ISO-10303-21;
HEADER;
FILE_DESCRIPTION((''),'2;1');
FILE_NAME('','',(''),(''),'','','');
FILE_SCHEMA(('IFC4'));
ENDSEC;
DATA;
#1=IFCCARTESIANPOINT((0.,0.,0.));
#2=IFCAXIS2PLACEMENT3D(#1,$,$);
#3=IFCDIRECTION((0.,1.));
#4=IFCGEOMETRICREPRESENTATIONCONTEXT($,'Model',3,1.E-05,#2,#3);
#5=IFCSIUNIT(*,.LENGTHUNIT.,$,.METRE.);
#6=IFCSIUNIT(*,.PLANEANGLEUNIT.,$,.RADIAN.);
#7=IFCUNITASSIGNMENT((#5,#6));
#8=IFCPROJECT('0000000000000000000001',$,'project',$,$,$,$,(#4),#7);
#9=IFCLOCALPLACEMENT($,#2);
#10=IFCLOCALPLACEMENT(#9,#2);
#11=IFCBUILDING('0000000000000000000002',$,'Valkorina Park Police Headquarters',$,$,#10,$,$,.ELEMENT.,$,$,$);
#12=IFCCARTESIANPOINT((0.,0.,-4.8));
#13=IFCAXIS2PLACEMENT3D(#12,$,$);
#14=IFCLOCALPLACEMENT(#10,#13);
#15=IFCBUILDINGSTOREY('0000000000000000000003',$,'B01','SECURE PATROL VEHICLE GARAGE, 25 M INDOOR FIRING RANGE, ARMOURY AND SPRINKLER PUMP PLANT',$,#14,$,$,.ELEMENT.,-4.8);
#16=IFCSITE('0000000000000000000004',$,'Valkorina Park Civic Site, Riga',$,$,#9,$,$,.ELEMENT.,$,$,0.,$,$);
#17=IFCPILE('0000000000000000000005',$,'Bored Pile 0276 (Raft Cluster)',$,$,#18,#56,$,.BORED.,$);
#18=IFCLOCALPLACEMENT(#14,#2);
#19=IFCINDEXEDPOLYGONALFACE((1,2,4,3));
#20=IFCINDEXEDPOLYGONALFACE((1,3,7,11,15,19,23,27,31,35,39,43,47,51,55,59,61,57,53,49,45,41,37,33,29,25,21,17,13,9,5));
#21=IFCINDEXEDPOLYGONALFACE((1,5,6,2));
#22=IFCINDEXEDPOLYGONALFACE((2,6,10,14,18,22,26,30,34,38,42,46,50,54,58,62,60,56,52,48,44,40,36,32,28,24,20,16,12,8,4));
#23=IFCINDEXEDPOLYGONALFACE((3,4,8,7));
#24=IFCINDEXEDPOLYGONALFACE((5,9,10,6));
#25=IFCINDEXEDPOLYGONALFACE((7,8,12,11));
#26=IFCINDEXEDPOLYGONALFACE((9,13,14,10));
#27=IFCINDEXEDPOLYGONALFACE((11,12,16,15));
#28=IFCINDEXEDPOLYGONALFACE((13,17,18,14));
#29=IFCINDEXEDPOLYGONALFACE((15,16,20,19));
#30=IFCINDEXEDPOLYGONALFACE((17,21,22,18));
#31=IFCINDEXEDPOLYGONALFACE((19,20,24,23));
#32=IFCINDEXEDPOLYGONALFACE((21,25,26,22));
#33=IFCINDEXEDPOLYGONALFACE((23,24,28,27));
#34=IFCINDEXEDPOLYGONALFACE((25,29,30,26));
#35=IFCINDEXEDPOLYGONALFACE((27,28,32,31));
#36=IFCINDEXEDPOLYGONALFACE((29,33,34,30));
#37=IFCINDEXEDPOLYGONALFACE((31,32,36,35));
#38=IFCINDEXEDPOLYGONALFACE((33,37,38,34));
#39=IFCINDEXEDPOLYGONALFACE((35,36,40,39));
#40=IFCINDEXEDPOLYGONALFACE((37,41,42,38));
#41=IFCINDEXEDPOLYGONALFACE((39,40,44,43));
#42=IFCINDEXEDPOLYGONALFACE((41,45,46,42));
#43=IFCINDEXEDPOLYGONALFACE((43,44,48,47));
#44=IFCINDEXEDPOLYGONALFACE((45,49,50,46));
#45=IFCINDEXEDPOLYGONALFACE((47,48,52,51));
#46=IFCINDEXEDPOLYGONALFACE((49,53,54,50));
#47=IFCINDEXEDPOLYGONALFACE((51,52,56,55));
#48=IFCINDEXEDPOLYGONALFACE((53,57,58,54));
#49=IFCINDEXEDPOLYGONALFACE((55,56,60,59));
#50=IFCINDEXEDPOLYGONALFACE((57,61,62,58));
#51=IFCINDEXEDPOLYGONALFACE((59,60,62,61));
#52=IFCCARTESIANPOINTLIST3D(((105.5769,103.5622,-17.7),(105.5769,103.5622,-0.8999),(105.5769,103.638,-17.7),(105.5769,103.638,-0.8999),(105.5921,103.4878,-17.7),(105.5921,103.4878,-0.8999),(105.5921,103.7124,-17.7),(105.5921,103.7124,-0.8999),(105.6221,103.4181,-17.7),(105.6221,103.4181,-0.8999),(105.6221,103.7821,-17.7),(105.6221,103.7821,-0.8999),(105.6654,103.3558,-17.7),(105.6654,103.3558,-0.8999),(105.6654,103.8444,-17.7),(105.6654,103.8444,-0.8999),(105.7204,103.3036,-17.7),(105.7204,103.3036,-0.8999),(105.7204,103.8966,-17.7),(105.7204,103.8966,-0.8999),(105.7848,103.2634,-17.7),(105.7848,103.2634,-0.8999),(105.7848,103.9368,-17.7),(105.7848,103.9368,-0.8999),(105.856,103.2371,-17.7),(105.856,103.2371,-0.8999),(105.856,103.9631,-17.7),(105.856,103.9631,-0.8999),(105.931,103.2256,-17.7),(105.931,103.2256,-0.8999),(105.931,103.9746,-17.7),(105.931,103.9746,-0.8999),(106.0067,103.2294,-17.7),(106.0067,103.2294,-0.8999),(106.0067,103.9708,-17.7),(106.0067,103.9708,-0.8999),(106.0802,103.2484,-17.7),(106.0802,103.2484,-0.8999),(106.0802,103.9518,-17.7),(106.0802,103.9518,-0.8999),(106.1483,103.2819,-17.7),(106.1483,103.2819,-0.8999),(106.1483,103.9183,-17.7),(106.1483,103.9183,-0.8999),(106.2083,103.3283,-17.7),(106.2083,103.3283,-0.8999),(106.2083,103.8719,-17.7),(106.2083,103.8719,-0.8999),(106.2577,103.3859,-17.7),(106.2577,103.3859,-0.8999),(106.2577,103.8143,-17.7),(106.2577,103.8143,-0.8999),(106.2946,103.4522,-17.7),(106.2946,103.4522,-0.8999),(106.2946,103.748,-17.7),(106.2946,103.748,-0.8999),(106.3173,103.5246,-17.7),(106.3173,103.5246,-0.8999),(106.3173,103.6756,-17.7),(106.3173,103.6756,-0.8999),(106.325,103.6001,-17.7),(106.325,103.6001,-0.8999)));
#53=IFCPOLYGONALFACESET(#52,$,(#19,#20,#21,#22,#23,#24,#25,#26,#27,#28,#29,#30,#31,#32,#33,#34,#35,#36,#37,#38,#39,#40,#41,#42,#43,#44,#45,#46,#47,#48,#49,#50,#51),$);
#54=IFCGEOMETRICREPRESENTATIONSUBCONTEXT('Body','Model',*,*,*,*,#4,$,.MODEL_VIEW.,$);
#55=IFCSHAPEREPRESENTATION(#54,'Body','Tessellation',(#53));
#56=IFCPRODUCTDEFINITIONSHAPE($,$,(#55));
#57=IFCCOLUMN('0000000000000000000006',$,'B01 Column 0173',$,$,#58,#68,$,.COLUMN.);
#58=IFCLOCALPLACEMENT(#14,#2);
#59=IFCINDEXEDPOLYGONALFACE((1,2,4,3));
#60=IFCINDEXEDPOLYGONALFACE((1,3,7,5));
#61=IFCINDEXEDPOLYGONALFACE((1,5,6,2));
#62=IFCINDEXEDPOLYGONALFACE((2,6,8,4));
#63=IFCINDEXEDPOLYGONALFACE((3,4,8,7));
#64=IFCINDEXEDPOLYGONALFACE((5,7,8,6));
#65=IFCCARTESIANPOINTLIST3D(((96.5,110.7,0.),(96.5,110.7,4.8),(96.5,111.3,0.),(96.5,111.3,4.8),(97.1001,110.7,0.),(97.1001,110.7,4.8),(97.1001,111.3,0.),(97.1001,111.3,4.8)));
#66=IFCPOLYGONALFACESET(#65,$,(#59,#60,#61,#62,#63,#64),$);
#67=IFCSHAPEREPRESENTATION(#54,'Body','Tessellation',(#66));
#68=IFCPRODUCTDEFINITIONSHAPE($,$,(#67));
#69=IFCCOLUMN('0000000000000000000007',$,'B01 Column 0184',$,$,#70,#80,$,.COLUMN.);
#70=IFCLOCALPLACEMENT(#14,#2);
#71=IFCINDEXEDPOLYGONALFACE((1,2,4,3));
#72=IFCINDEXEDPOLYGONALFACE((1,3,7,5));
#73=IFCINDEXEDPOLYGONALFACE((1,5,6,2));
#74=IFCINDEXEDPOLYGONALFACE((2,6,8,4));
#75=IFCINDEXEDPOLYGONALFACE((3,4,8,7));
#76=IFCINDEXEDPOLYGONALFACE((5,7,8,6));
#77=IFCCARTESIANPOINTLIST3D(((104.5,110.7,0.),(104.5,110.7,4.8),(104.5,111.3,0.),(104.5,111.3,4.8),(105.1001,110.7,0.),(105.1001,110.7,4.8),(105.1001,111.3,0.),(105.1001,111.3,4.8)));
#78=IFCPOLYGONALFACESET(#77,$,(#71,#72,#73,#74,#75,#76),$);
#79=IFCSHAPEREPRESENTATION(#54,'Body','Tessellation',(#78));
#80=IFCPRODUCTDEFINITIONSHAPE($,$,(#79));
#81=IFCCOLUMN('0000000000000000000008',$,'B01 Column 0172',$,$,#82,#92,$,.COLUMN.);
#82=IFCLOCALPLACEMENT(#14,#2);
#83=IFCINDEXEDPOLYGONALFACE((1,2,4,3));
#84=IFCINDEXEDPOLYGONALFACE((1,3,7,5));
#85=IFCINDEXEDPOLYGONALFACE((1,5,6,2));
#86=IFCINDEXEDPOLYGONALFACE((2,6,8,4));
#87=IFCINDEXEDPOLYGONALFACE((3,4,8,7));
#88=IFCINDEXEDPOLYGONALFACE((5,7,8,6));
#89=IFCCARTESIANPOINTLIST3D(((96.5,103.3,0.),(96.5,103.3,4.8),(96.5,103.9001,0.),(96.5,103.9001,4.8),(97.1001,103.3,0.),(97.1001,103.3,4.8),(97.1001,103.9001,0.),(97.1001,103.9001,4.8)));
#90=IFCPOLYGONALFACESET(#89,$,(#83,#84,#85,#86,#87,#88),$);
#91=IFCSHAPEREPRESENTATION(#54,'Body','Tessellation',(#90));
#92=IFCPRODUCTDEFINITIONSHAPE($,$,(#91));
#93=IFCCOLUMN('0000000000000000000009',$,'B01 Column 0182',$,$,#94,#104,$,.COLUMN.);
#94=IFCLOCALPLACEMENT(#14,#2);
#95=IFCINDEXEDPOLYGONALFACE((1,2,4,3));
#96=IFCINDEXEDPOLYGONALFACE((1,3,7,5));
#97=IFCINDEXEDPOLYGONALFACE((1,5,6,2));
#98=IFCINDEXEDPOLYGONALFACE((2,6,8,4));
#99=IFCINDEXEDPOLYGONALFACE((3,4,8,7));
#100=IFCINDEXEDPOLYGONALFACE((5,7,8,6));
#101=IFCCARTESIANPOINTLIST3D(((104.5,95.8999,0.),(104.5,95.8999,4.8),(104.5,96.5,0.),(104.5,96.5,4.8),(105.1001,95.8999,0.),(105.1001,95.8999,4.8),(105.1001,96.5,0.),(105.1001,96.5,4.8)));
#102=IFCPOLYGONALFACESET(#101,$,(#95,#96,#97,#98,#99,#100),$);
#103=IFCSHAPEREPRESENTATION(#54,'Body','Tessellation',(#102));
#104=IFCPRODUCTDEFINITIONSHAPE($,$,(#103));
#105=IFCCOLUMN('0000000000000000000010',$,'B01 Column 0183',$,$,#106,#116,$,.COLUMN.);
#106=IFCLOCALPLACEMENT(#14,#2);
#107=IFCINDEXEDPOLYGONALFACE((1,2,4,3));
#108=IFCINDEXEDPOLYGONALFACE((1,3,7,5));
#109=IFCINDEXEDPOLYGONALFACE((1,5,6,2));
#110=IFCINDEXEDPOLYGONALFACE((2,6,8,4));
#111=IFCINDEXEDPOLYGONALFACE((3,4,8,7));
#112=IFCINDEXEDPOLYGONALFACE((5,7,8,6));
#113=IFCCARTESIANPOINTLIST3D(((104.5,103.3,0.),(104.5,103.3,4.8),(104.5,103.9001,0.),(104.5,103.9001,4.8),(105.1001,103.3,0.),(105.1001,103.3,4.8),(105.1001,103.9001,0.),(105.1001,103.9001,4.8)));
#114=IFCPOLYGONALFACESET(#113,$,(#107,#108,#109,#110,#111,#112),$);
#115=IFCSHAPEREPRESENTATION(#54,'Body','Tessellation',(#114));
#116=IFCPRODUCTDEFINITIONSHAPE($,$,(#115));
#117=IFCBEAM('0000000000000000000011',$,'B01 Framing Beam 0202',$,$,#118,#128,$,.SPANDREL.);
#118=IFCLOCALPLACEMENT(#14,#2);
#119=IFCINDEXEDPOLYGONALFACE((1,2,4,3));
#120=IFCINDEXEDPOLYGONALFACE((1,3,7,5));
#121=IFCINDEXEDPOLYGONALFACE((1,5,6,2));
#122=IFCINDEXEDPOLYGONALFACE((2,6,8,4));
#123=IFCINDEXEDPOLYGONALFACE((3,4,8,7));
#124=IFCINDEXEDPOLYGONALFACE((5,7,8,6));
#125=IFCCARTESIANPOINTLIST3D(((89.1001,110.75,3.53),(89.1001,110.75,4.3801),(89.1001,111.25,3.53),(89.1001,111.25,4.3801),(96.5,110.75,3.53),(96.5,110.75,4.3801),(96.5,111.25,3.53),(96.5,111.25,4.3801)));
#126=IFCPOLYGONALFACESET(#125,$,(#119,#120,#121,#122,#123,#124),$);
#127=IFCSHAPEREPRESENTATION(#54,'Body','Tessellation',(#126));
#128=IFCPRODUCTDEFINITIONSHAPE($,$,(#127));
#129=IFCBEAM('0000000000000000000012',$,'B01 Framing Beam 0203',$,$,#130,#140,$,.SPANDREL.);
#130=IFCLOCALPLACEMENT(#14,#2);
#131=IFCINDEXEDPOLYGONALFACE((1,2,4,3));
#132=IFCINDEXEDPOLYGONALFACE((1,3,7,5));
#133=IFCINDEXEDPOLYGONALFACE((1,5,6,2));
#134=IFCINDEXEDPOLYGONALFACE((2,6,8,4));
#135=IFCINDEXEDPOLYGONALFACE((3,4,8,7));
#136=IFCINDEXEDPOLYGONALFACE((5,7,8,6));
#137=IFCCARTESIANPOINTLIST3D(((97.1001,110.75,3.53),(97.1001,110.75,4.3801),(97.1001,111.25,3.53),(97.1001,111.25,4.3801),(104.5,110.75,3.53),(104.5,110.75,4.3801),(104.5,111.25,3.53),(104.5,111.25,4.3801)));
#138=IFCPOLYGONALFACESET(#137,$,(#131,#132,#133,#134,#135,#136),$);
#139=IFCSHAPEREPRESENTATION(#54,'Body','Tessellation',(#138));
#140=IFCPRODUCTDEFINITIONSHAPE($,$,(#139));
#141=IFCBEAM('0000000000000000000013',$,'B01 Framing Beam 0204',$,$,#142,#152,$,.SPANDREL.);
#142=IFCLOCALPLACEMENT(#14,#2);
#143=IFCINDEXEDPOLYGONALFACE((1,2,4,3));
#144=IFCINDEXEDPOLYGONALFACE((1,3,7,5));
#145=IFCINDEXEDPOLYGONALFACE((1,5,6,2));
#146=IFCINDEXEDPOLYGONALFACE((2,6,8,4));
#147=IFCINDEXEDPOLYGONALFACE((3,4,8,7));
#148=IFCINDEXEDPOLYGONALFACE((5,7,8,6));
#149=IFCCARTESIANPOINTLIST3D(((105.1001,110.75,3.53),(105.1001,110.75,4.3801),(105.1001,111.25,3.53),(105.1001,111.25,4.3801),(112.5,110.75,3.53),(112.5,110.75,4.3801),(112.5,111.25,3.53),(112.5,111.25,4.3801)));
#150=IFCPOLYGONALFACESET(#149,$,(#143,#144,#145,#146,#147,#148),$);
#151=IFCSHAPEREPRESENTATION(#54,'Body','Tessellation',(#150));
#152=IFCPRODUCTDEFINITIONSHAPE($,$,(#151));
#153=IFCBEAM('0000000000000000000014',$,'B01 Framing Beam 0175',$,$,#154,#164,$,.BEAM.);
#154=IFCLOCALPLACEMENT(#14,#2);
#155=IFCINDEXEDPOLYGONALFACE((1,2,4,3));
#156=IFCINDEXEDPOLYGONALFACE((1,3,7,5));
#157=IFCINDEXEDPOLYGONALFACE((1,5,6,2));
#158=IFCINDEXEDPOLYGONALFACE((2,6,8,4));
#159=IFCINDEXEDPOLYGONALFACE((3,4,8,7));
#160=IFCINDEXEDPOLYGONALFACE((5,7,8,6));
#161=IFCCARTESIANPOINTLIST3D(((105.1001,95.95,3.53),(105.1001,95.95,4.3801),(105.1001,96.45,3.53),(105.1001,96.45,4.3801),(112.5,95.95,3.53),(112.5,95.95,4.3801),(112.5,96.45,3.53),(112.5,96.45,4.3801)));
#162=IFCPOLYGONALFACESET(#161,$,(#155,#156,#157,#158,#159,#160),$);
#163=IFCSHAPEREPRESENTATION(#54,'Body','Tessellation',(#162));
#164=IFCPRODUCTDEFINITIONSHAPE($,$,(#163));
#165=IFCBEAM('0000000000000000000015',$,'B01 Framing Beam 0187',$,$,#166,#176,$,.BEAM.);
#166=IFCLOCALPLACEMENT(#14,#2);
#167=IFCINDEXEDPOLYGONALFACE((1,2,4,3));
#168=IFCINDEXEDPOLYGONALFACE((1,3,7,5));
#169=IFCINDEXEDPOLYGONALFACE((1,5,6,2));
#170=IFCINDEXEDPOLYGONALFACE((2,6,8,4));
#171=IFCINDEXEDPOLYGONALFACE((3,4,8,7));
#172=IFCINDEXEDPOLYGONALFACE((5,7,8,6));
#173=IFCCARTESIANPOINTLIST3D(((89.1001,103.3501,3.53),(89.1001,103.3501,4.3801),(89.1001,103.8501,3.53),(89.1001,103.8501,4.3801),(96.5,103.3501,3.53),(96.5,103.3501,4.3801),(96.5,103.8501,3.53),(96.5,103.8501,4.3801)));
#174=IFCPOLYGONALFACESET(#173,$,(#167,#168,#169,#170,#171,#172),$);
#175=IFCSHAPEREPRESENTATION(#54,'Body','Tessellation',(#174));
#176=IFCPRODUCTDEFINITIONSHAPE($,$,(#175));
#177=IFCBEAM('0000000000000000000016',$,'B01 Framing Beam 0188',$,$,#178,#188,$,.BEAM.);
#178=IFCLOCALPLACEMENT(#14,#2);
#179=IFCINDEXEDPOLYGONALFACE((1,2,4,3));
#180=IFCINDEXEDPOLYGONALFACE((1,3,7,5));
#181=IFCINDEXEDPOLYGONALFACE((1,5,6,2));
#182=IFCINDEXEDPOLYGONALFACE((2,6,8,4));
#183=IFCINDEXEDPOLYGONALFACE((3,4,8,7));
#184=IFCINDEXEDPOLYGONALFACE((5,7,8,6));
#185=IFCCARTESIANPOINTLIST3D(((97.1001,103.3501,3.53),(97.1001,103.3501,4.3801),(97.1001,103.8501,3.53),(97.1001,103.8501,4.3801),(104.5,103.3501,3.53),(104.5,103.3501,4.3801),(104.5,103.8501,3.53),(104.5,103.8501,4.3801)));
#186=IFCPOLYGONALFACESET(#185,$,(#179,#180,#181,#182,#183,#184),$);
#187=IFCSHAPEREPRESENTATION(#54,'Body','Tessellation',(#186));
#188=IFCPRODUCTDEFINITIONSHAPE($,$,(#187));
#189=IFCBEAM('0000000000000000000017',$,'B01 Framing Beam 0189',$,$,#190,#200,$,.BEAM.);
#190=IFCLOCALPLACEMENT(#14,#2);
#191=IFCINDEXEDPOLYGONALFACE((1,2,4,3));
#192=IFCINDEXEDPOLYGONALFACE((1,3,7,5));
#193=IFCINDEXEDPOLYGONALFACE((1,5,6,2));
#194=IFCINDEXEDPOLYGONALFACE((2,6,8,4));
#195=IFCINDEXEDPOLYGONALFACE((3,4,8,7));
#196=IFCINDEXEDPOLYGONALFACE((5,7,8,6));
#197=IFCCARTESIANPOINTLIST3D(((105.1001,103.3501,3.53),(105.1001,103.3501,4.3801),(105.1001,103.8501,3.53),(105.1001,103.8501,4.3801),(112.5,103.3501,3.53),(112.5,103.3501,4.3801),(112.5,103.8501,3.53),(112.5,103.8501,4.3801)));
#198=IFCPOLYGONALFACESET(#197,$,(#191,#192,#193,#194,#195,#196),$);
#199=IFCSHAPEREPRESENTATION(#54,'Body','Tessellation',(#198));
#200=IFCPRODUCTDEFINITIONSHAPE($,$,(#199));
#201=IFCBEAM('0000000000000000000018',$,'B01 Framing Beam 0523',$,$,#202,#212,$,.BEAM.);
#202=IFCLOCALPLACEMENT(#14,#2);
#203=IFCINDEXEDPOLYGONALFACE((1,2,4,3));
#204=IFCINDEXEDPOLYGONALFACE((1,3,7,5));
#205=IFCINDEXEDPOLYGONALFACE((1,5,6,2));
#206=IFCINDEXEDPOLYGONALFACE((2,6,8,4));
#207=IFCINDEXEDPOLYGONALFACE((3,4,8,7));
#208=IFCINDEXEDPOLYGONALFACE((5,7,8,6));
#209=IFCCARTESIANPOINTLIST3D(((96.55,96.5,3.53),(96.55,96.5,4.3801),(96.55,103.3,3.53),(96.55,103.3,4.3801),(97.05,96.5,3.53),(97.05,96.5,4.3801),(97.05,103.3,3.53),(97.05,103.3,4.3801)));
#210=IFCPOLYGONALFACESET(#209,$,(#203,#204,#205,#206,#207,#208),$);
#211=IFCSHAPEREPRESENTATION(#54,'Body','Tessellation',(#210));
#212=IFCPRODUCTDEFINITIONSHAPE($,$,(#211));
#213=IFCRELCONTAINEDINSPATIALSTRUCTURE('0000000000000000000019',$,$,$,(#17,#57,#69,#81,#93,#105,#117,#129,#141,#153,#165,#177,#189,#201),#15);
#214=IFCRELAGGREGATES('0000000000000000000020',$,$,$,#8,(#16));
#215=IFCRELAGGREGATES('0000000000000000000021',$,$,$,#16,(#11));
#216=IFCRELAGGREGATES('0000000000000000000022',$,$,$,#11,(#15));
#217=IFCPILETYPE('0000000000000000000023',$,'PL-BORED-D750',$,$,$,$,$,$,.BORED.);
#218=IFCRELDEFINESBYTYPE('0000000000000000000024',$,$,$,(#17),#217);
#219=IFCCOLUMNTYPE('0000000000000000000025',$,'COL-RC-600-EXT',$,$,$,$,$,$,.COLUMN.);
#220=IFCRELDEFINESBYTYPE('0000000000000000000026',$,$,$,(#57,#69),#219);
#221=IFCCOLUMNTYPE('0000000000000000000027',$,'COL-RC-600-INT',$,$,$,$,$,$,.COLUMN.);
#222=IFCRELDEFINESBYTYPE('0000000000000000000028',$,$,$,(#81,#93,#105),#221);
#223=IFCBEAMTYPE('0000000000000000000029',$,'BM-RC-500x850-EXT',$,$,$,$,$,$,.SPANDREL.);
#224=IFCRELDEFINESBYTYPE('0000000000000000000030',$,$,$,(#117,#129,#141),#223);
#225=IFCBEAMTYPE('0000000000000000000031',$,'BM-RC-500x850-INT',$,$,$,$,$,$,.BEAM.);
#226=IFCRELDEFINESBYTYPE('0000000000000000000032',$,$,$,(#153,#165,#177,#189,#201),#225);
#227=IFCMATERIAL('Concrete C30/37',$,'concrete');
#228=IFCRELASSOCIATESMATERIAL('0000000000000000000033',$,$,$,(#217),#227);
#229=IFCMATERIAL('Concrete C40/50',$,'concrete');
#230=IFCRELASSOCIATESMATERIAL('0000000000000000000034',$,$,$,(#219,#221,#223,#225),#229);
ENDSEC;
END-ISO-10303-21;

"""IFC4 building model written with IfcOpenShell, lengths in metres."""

from ifc_helpers import new_model, si_unit, direction, frame, origin, origin_2d, place, context, subcontext, project, spatial, rectangle, circle, extrude, material, material_profile, profile_set, type_object, element, save


model = new_model("IFC4")

# Units and contexts
model_context = context("Model", 3, precision=1e-05, world=origin(), true_north=direction((0.0, 1.0)))
body_context = subcontext(model_context, "Body", "Model", "MODEL_VIEW")
ifc_project = project(units=[si_unit("LENGTHUNIT", "METRE"), si_unit("PLANEANGLEUNIT", "RADIAN")], contexts=[model_context])

# Site, building, storey
site_placement = place(None, origin())
site = spatial("IfcSite", under=ifc_project, at=site_placement, Name="Valkorina Park Civic Site, Riga", CompositionType="ELEMENT", RefElevation=0.0)
building_placement = place(site_placement, origin())
building = spatial("IfcBuilding", under=site, at=building_placement, Name="Valkorina Park Police Headquarters", CompositionType="ELEMENT")
storey_placement = place(building_placement, frame((0.0, 0.0, -4.8)))
storey = spatial("IfcBuildingStorey", under=building, at=storey_placement, Name="B01", Description="SECURE PATROL VEHICLE GARAGE, 25 M INDOOR FIRING RANGE, ARMOURY AND SPRINKLER PUMP PLANT", CompositionType="ELEMENT", Elevation=-4.8)

# Pile
ifc_material_1 = material(Name="Concrete C30/37", Category="concrete")
ifc_material_profile_1 = material_profile(ifc_material_1, circle(Radius=0.375, at=origin_2d()), Name="BORED PILE D750")
ifc_profile_set_1 = profile_set([ifc_material_profile_1], Name="Concrete C30/37")
pile_type = type_object("IfcPileType", Name="PL-BORED-D750", PredefinedType="BORED", material=ifc_profile_set_1)
pile_1_placement = place(storey_placement, frame((105.95, 103.6001, -0.8999), z_axis=(0.0, 0.0, -1.0), x_axis=(1.0, 0.0, 0.0)))
element("IfcPile", 1, at=pile_1_placement, inside=storey, type_object=pile_type, Name="Bored Pile 0276 (Raft Cluster)", PredefinedType="BORED", context=body_context, shape_type="SweptSolid", body=[
    extrude(circle(Radius=0.375, at=origin_2d()), origin(), (0.0, 0.0, 1.0), 16.8),
])

# Columns
ifc_material_2 = material(Name="Concrete C40/50", Category="concrete")
ifc_material_profile_2 = material_profile(ifc_material_2, rectangle(XDim=0.6001, YDim=0.6001, at=origin_2d()), Name="RC COL 600x600")
ifc_profile_set_2 = profile_set([ifc_material_profile_2], Name="Concrete C40/50")
column_type_1 = type_object("IfcColumnType", Name="COL-RC-600-EXT", PredefinedType="COLUMN", material=ifc_profile_set_2)
for number, where, z_axis, x_axis, name in (
    (2, (96.8, 111.0, 0.0), (0.0, 0.0, 1.0), (1.0, 0.0, 0.0), "B01 Column 0173"),
    (3, (104.8, 111.0, 0.0), (0.0, 0.0, 1.0), (1.0, 0.0, 0.0), "B01 Column 0184"),
):
    element("IfcColumn", number, at=place(storey_placement, frame(where, z_axis=z_axis, x_axis=x_axis)), inside=storey, type_object=column_type_1, Name=name, PredefinedType="COLUMN", context=body_context, shape_type="SweptSolid", body=[
        extrude(rectangle(XDim=0.6001, YDim=0.6001, at=origin_2d()), origin(), (0.0, 0.0, 1.0), 4.8),
    ])
ifc_material_profile_3 = material_profile(ifc_material_2, rectangle(XDim=0.6001, YDim=0.6001, at=origin_2d()), Name="RC COL 600x600")
ifc_profile_set_3 = profile_set([ifc_material_profile_3], Name="Concrete C40/50")
column_type_2 = type_object("IfcColumnType", Name="COL-RC-600-INT", PredefinedType="COLUMN", material=ifc_profile_set_3)
for number, where, z_axis, x_axis, name in (
    (4, (96.8, 103.6001, 0.0), (0.0, 0.0, 1.0), (1.0, 0.0, 0.0), "B01 Column 0172"),
    (5, (104.8, 96.2, 0.0), (0.0, 0.0, 1.0), (1.0, 0.0, 0.0), "B01 Column 0182"),
    (6, (104.8, 103.6001, 0.0), (0.0, 0.0, 1.0), (1.0, 0.0, 0.0), "B01 Column 0183"),
):
    element("IfcColumn", number, at=place(storey_placement, frame(where, z_axis=z_axis, x_axis=x_axis)), inside=storey, type_object=column_type_2, Name=name, PredefinedType="COLUMN", context=body_context, shape_type="SweptSolid", body=[
        extrude(rectangle(XDim=0.6001, YDim=0.6001, at=origin_2d()), origin(), (0.0, 0.0, 1.0), 4.8),
    ])

# Beams
ifc_material_profile_4 = material_profile(ifc_material_2, rectangle(XDim=0.5, YDim=0.8501, at=origin_2d()), Name="RC BEAM 500x850")
ifc_profile_set_4 = profile_set([ifc_material_profile_4], Name="Concrete C40/50")
beam_type_1 = type_object("IfcBeamType", Name="BM-RC-500x850-EXT", PredefinedType="SPANDREL", material=ifc_profile_set_4)
for number, where, z_axis, x_axis, name in (
    (7, (89.1001, 111.0, 3.9551), (1.0, 0.0, 0.0), (0.0, 1.0, 0.0), "B01 Framing Beam 0202"),
    (8, (97.1001, 111.0, 3.9551), (1.0, 0.0, 0.0), (0.0, 1.0, 0.0), "B01 Framing Beam 0203"),
    (9, (105.1001, 111.0, 3.9551), (1.0, 0.0, 0.0), (0.0, 1.0, 0.0), "B01 Framing Beam 0204"),
):
    element("IfcBeam", number, at=place(storey_placement, frame(where, z_axis=z_axis, x_axis=x_axis)), inside=storey, type_object=beam_type_1, Name=name, PredefinedType="SPANDREL", context=body_context, shape_type="SweptSolid", body=[
        extrude(rectangle(XDim=0.5, YDim=0.8501, at=origin_2d()), origin(), (0.0, 0.0, 1.0), 7.3999),
    ])
ifc_material_profile_5 = material_profile(ifc_material_2, rectangle(XDim=0.5, YDim=0.8501, at=origin_2d()), Name="RC BEAM 500x850")
ifc_profile_set_5 = profile_set([ifc_material_profile_5], Name="Concrete C40/50")
beam_type_2 = type_object("IfcBeamType", Name="BM-RC-500x850-INT", PredefinedType="BEAM", material=ifc_profile_set_5)
for number, where, z_axis, x_axis, name in (
    (10, (105.1001, 96.2, 3.9551), (1.0, 0.0, 0.0), (0.0, 1.0, 0.0), "B01 Framing Beam 0175"),
    (11, (89.1001, 103.6001, 3.9551), (1.0, 0.0, 0.0), (0.0, 1.0, 0.0), "B01 Framing Beam 0187"),
    (12, (97.1001, 103.6001, 3.9551), (1.0, 0.0, 0.0), (0.0, 1.0, 0.0), "B01 Framing Beam 0188"),
    (13, (105.1001, 103.6001, 3.9551), (1.0, 0.0, 0.0), (0.0, 1.0, 0.0), "B01 Framing Beam 0189"),
):
    element("IfcBeam", number, at=place(storey_placement, frame(where, z_axis=z_axis, x_axis=x_axis)), inside=storey, type_object=beam_type_2, Name=name, PredefinedType="BEAM", context=body_context, shape_type="SweptSolid", body=[
        extrude(rectangle(XDim=0.5, YDim=0.8501, at=origin_2d()), origin(), (0.0, 0.0, 1.0), 7.3999),
    ])
for number, where, z_axis, x_axis, name in (
    (14, (96.8, 96.5, 3.9551), (0.0, 1.0, 0.0), (-1.0, 0.0, 0.0), "B01 Framing Beam 0523"),
):
    element("IfcBeam", number, at=place(storey_placement, frame(where, z_axis=z_axis, x_axis=x_axis)), inside=storey, type_object=beam_type_2, Name=name, PredefinedType="BEAM", context=body_context, shape_type="SweptSolid", body=[
        extrude(rectangle(XDim=0.5, YDim=0.8501, at=origin_2d()), origin(), (0.0, 0.0, 1.0), 6.8),
    ])

save(model, "model.ifc")
